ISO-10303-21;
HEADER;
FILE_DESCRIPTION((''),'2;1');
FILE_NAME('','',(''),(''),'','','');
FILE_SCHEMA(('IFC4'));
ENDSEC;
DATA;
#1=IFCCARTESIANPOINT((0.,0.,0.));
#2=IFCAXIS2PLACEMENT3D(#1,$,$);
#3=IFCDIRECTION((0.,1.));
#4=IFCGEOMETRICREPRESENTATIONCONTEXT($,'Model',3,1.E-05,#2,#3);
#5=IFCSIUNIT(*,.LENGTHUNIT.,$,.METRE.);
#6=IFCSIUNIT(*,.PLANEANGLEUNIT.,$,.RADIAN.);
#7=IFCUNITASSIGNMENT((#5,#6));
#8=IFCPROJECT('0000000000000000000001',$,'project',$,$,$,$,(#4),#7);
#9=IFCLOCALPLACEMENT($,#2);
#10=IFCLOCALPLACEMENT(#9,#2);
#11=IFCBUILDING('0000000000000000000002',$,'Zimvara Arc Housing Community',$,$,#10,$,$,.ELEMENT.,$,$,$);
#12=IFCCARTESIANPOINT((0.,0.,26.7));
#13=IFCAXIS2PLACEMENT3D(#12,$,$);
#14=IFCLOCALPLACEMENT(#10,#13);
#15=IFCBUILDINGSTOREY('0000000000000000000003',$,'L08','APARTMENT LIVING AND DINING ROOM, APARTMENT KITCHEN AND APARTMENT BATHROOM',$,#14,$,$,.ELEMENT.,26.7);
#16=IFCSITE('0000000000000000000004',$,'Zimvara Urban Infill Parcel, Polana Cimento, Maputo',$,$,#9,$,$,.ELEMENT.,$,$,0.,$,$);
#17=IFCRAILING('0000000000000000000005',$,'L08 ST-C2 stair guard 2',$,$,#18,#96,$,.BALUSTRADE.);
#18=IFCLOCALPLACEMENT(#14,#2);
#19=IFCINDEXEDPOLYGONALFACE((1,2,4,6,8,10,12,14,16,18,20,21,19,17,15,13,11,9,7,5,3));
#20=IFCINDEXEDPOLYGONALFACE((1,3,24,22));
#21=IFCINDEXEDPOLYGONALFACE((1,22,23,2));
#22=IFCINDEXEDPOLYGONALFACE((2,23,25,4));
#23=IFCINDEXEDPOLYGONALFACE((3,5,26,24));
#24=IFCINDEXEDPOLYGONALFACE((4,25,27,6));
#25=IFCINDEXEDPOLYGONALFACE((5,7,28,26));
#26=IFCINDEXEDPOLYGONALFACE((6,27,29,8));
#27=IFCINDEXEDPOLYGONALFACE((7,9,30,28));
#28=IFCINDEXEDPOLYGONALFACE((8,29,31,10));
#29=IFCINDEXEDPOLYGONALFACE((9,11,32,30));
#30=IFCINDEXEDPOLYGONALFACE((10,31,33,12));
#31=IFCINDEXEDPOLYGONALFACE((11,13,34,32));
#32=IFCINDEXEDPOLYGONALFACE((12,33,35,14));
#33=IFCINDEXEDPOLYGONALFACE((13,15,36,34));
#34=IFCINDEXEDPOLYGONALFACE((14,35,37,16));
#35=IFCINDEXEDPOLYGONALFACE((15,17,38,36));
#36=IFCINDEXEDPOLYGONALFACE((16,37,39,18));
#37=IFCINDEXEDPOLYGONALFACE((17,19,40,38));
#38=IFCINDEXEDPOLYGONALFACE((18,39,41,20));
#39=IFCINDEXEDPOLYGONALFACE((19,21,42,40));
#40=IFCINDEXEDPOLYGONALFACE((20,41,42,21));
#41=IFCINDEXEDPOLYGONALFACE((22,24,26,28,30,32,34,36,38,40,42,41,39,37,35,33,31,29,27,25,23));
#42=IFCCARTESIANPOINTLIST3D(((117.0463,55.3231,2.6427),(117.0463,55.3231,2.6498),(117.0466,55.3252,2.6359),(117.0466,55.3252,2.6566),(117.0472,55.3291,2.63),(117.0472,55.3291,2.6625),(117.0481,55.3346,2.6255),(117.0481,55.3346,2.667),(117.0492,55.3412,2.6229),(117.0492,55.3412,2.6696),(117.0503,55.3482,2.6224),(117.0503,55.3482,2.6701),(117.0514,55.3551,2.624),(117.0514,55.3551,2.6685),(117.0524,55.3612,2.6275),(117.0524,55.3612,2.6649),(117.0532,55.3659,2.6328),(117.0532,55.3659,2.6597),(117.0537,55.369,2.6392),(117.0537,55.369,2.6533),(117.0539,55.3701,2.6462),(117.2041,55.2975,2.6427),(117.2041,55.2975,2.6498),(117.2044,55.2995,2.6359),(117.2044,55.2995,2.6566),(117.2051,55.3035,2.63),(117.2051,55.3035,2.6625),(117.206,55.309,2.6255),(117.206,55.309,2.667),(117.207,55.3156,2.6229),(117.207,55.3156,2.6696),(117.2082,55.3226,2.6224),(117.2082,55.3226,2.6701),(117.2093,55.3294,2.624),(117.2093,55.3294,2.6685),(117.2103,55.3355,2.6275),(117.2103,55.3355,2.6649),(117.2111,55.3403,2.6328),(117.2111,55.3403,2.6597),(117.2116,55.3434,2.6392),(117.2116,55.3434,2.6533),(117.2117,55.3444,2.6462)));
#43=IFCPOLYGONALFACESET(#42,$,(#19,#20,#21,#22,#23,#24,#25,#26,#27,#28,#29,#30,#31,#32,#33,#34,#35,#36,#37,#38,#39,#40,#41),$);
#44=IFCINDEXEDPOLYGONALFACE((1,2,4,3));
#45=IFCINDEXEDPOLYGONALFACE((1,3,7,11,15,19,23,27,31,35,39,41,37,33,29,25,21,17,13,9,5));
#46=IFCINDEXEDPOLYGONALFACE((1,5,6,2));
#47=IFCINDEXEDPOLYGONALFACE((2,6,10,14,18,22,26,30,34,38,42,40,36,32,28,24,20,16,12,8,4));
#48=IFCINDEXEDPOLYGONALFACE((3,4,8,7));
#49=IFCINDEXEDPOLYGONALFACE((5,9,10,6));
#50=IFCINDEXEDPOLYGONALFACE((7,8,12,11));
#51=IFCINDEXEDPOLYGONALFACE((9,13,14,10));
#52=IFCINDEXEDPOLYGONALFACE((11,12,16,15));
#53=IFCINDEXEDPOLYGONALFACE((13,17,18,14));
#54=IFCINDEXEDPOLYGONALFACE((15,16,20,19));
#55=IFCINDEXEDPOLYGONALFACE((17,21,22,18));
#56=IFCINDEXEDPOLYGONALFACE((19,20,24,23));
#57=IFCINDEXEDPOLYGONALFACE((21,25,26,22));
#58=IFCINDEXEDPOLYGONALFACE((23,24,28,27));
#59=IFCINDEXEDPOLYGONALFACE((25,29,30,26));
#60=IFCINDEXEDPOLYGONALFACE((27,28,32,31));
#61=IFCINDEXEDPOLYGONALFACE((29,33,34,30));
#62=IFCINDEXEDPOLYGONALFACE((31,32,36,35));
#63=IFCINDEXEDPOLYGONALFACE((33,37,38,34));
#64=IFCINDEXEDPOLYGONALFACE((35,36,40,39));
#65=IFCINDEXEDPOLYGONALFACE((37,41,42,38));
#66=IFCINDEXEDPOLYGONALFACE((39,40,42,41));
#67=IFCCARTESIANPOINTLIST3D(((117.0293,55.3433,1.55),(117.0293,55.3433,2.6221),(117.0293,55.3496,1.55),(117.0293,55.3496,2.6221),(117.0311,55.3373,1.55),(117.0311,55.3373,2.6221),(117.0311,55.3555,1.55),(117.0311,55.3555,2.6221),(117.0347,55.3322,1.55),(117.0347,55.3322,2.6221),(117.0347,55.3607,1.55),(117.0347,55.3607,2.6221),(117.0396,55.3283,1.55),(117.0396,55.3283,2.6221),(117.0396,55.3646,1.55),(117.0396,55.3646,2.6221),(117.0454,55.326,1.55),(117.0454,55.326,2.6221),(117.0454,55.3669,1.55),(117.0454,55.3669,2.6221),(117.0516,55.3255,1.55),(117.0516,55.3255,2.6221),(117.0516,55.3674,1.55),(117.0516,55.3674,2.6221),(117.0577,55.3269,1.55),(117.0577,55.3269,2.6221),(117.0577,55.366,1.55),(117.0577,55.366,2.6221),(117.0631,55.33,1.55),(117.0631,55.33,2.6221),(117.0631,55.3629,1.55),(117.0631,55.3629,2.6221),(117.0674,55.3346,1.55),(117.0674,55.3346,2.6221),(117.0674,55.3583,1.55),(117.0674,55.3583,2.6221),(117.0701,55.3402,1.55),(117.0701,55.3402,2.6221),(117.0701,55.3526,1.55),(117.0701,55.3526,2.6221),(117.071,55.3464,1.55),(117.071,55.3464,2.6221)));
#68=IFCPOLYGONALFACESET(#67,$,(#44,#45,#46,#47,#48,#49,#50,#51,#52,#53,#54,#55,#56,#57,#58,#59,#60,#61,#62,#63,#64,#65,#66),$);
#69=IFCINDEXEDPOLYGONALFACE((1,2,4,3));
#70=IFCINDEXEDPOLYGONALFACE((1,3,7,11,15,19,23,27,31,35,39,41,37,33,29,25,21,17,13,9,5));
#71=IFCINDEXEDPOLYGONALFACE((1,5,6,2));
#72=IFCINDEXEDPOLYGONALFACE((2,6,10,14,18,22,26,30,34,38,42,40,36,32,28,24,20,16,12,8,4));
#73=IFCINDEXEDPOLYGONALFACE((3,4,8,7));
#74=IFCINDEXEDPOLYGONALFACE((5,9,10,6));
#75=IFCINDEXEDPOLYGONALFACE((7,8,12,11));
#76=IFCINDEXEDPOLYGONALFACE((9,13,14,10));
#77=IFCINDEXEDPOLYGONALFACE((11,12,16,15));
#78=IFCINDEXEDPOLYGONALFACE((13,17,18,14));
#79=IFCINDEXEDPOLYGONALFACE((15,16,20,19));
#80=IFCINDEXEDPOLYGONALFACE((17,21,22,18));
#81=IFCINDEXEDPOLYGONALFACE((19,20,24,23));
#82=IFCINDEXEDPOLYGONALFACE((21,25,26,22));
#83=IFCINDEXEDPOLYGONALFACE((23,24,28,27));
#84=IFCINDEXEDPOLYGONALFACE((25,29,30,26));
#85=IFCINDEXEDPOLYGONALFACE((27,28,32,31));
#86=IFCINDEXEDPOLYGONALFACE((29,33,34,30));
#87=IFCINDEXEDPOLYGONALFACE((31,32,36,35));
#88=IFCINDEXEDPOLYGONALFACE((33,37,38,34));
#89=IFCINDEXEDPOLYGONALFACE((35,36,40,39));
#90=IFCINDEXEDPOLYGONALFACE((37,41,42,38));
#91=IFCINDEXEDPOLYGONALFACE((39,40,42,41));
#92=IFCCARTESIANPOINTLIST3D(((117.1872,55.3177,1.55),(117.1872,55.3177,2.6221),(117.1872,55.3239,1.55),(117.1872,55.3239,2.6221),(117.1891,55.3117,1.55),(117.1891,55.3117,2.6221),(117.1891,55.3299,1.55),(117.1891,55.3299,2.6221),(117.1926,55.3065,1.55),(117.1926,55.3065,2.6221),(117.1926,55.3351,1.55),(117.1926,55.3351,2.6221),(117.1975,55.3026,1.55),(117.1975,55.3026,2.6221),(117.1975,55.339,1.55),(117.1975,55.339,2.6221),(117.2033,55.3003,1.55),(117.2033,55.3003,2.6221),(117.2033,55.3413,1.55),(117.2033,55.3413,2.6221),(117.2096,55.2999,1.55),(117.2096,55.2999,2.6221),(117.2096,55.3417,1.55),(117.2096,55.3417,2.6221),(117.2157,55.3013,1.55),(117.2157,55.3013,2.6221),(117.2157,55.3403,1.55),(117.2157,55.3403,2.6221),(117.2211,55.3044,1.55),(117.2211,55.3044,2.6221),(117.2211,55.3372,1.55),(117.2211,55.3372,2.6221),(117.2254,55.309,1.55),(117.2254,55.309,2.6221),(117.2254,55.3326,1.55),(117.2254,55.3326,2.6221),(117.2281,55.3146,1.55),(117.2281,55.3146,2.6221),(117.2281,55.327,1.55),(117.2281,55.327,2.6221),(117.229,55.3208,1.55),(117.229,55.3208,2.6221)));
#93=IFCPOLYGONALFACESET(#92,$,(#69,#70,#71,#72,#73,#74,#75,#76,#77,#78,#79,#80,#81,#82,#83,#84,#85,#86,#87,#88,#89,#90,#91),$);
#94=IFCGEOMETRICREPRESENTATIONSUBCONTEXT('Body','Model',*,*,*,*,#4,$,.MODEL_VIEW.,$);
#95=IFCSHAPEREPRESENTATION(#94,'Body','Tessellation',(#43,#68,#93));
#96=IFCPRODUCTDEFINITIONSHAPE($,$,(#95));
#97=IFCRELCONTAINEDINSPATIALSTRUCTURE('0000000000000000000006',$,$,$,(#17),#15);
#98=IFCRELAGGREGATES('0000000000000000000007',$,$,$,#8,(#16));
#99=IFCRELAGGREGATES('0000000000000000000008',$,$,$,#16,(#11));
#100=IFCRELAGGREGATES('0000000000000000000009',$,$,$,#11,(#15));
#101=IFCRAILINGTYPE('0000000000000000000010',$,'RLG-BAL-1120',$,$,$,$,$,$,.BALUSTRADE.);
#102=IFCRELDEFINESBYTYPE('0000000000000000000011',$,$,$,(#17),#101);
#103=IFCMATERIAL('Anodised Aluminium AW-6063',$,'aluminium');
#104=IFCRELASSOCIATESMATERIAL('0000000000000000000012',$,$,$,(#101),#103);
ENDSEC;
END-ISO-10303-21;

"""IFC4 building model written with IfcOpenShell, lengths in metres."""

from ifc_helpers import new_model, si_unit, direction, frame, origin, origin_2d, place, context, subcontext, project, spatial, circle, extrude, material, type_object, element, save


model = new_model("IFC4")

# Units and contexts
model_context = context("Model", 3, precision=1e-05, world=origin(), true_north=direction((0.0, 1.0)))
body_context = subcontext(model_context, "Body", "Model", "MODEL_VIEW")
ifc_project = project(units=[si_unit("LENGTHUNIT", "METRE"), si_unit("PLANEANGLEUNIT", "RADIAN")], contexts=[model_context])

# Site, building, storey
site_placement = place(None, origin())
site = spatial("IfcSite", under=ifc_project, at=site_placement, Name="Zimvara Urban Infill Parcel, Polana Cimento, Maputo", CompositionType="ELEMENT", RefElevation=0.0)
building_placement = place(site_placement, origin())
building = spatial("IfcBuilding", under=site, at=building_placement, Name="Zimvara Arc Housing Community", CompositionType="ELEMENT")
storey_placement = place(building_placement, frame((0.0, 0.0, 26.7)))
storey = spatial("IfcBuildingStorey", under=building, at=storey_placement, Name="L08", Description="APARTMENT LIVING AND DINING ROOM, APARTMENT KITCHEN AND APARTMENT BATHROOM", CompositionType="ELEMENT", Elevation=26.7)

# Railing
ifc_material_1 = material(Name="Anodised Aluminium AW-6063", Category="aluminium")
railing_type_1 = type_object("IfcRailingType", Name="RLG-BAL-1120", PredefinedType="BALUSTRADE", material=ifc_material_1)
railing_1_placement = place(storey_placement, frame((117.05, 55.3464, 1.55)))
element("IfcRailing", 1, at=railing_1_placement, inside=storey, type_object=railing_type_1, Name="L08 ST-C2 stair guard 2", PredefinedType="BALUSTRADE", context=body_context, shape_type="SweptSolid", body=[
    extrude(circle(Radius=0.0239, at=origin_2d()), frame((0.0, 0.0, 1.0962), z_axis=(0.987086, -0.160192, 0.0), x_axis=(0.160192, 0.987086, 0.0)), (0.0, 0.0, 1.0), 0.1599),
    extrude(circle(Radius=0.021, at=origin_2d()), origin(), (0.0, 0.0, 1.0), 1.072),
    extrude(circle(Radius=0.021, at=origin_2d()), frame((0.158, -0.0256, 0.0)), (0.0, 0.0, 1.0), 1.072),
])

save(model, "model.ifc")
